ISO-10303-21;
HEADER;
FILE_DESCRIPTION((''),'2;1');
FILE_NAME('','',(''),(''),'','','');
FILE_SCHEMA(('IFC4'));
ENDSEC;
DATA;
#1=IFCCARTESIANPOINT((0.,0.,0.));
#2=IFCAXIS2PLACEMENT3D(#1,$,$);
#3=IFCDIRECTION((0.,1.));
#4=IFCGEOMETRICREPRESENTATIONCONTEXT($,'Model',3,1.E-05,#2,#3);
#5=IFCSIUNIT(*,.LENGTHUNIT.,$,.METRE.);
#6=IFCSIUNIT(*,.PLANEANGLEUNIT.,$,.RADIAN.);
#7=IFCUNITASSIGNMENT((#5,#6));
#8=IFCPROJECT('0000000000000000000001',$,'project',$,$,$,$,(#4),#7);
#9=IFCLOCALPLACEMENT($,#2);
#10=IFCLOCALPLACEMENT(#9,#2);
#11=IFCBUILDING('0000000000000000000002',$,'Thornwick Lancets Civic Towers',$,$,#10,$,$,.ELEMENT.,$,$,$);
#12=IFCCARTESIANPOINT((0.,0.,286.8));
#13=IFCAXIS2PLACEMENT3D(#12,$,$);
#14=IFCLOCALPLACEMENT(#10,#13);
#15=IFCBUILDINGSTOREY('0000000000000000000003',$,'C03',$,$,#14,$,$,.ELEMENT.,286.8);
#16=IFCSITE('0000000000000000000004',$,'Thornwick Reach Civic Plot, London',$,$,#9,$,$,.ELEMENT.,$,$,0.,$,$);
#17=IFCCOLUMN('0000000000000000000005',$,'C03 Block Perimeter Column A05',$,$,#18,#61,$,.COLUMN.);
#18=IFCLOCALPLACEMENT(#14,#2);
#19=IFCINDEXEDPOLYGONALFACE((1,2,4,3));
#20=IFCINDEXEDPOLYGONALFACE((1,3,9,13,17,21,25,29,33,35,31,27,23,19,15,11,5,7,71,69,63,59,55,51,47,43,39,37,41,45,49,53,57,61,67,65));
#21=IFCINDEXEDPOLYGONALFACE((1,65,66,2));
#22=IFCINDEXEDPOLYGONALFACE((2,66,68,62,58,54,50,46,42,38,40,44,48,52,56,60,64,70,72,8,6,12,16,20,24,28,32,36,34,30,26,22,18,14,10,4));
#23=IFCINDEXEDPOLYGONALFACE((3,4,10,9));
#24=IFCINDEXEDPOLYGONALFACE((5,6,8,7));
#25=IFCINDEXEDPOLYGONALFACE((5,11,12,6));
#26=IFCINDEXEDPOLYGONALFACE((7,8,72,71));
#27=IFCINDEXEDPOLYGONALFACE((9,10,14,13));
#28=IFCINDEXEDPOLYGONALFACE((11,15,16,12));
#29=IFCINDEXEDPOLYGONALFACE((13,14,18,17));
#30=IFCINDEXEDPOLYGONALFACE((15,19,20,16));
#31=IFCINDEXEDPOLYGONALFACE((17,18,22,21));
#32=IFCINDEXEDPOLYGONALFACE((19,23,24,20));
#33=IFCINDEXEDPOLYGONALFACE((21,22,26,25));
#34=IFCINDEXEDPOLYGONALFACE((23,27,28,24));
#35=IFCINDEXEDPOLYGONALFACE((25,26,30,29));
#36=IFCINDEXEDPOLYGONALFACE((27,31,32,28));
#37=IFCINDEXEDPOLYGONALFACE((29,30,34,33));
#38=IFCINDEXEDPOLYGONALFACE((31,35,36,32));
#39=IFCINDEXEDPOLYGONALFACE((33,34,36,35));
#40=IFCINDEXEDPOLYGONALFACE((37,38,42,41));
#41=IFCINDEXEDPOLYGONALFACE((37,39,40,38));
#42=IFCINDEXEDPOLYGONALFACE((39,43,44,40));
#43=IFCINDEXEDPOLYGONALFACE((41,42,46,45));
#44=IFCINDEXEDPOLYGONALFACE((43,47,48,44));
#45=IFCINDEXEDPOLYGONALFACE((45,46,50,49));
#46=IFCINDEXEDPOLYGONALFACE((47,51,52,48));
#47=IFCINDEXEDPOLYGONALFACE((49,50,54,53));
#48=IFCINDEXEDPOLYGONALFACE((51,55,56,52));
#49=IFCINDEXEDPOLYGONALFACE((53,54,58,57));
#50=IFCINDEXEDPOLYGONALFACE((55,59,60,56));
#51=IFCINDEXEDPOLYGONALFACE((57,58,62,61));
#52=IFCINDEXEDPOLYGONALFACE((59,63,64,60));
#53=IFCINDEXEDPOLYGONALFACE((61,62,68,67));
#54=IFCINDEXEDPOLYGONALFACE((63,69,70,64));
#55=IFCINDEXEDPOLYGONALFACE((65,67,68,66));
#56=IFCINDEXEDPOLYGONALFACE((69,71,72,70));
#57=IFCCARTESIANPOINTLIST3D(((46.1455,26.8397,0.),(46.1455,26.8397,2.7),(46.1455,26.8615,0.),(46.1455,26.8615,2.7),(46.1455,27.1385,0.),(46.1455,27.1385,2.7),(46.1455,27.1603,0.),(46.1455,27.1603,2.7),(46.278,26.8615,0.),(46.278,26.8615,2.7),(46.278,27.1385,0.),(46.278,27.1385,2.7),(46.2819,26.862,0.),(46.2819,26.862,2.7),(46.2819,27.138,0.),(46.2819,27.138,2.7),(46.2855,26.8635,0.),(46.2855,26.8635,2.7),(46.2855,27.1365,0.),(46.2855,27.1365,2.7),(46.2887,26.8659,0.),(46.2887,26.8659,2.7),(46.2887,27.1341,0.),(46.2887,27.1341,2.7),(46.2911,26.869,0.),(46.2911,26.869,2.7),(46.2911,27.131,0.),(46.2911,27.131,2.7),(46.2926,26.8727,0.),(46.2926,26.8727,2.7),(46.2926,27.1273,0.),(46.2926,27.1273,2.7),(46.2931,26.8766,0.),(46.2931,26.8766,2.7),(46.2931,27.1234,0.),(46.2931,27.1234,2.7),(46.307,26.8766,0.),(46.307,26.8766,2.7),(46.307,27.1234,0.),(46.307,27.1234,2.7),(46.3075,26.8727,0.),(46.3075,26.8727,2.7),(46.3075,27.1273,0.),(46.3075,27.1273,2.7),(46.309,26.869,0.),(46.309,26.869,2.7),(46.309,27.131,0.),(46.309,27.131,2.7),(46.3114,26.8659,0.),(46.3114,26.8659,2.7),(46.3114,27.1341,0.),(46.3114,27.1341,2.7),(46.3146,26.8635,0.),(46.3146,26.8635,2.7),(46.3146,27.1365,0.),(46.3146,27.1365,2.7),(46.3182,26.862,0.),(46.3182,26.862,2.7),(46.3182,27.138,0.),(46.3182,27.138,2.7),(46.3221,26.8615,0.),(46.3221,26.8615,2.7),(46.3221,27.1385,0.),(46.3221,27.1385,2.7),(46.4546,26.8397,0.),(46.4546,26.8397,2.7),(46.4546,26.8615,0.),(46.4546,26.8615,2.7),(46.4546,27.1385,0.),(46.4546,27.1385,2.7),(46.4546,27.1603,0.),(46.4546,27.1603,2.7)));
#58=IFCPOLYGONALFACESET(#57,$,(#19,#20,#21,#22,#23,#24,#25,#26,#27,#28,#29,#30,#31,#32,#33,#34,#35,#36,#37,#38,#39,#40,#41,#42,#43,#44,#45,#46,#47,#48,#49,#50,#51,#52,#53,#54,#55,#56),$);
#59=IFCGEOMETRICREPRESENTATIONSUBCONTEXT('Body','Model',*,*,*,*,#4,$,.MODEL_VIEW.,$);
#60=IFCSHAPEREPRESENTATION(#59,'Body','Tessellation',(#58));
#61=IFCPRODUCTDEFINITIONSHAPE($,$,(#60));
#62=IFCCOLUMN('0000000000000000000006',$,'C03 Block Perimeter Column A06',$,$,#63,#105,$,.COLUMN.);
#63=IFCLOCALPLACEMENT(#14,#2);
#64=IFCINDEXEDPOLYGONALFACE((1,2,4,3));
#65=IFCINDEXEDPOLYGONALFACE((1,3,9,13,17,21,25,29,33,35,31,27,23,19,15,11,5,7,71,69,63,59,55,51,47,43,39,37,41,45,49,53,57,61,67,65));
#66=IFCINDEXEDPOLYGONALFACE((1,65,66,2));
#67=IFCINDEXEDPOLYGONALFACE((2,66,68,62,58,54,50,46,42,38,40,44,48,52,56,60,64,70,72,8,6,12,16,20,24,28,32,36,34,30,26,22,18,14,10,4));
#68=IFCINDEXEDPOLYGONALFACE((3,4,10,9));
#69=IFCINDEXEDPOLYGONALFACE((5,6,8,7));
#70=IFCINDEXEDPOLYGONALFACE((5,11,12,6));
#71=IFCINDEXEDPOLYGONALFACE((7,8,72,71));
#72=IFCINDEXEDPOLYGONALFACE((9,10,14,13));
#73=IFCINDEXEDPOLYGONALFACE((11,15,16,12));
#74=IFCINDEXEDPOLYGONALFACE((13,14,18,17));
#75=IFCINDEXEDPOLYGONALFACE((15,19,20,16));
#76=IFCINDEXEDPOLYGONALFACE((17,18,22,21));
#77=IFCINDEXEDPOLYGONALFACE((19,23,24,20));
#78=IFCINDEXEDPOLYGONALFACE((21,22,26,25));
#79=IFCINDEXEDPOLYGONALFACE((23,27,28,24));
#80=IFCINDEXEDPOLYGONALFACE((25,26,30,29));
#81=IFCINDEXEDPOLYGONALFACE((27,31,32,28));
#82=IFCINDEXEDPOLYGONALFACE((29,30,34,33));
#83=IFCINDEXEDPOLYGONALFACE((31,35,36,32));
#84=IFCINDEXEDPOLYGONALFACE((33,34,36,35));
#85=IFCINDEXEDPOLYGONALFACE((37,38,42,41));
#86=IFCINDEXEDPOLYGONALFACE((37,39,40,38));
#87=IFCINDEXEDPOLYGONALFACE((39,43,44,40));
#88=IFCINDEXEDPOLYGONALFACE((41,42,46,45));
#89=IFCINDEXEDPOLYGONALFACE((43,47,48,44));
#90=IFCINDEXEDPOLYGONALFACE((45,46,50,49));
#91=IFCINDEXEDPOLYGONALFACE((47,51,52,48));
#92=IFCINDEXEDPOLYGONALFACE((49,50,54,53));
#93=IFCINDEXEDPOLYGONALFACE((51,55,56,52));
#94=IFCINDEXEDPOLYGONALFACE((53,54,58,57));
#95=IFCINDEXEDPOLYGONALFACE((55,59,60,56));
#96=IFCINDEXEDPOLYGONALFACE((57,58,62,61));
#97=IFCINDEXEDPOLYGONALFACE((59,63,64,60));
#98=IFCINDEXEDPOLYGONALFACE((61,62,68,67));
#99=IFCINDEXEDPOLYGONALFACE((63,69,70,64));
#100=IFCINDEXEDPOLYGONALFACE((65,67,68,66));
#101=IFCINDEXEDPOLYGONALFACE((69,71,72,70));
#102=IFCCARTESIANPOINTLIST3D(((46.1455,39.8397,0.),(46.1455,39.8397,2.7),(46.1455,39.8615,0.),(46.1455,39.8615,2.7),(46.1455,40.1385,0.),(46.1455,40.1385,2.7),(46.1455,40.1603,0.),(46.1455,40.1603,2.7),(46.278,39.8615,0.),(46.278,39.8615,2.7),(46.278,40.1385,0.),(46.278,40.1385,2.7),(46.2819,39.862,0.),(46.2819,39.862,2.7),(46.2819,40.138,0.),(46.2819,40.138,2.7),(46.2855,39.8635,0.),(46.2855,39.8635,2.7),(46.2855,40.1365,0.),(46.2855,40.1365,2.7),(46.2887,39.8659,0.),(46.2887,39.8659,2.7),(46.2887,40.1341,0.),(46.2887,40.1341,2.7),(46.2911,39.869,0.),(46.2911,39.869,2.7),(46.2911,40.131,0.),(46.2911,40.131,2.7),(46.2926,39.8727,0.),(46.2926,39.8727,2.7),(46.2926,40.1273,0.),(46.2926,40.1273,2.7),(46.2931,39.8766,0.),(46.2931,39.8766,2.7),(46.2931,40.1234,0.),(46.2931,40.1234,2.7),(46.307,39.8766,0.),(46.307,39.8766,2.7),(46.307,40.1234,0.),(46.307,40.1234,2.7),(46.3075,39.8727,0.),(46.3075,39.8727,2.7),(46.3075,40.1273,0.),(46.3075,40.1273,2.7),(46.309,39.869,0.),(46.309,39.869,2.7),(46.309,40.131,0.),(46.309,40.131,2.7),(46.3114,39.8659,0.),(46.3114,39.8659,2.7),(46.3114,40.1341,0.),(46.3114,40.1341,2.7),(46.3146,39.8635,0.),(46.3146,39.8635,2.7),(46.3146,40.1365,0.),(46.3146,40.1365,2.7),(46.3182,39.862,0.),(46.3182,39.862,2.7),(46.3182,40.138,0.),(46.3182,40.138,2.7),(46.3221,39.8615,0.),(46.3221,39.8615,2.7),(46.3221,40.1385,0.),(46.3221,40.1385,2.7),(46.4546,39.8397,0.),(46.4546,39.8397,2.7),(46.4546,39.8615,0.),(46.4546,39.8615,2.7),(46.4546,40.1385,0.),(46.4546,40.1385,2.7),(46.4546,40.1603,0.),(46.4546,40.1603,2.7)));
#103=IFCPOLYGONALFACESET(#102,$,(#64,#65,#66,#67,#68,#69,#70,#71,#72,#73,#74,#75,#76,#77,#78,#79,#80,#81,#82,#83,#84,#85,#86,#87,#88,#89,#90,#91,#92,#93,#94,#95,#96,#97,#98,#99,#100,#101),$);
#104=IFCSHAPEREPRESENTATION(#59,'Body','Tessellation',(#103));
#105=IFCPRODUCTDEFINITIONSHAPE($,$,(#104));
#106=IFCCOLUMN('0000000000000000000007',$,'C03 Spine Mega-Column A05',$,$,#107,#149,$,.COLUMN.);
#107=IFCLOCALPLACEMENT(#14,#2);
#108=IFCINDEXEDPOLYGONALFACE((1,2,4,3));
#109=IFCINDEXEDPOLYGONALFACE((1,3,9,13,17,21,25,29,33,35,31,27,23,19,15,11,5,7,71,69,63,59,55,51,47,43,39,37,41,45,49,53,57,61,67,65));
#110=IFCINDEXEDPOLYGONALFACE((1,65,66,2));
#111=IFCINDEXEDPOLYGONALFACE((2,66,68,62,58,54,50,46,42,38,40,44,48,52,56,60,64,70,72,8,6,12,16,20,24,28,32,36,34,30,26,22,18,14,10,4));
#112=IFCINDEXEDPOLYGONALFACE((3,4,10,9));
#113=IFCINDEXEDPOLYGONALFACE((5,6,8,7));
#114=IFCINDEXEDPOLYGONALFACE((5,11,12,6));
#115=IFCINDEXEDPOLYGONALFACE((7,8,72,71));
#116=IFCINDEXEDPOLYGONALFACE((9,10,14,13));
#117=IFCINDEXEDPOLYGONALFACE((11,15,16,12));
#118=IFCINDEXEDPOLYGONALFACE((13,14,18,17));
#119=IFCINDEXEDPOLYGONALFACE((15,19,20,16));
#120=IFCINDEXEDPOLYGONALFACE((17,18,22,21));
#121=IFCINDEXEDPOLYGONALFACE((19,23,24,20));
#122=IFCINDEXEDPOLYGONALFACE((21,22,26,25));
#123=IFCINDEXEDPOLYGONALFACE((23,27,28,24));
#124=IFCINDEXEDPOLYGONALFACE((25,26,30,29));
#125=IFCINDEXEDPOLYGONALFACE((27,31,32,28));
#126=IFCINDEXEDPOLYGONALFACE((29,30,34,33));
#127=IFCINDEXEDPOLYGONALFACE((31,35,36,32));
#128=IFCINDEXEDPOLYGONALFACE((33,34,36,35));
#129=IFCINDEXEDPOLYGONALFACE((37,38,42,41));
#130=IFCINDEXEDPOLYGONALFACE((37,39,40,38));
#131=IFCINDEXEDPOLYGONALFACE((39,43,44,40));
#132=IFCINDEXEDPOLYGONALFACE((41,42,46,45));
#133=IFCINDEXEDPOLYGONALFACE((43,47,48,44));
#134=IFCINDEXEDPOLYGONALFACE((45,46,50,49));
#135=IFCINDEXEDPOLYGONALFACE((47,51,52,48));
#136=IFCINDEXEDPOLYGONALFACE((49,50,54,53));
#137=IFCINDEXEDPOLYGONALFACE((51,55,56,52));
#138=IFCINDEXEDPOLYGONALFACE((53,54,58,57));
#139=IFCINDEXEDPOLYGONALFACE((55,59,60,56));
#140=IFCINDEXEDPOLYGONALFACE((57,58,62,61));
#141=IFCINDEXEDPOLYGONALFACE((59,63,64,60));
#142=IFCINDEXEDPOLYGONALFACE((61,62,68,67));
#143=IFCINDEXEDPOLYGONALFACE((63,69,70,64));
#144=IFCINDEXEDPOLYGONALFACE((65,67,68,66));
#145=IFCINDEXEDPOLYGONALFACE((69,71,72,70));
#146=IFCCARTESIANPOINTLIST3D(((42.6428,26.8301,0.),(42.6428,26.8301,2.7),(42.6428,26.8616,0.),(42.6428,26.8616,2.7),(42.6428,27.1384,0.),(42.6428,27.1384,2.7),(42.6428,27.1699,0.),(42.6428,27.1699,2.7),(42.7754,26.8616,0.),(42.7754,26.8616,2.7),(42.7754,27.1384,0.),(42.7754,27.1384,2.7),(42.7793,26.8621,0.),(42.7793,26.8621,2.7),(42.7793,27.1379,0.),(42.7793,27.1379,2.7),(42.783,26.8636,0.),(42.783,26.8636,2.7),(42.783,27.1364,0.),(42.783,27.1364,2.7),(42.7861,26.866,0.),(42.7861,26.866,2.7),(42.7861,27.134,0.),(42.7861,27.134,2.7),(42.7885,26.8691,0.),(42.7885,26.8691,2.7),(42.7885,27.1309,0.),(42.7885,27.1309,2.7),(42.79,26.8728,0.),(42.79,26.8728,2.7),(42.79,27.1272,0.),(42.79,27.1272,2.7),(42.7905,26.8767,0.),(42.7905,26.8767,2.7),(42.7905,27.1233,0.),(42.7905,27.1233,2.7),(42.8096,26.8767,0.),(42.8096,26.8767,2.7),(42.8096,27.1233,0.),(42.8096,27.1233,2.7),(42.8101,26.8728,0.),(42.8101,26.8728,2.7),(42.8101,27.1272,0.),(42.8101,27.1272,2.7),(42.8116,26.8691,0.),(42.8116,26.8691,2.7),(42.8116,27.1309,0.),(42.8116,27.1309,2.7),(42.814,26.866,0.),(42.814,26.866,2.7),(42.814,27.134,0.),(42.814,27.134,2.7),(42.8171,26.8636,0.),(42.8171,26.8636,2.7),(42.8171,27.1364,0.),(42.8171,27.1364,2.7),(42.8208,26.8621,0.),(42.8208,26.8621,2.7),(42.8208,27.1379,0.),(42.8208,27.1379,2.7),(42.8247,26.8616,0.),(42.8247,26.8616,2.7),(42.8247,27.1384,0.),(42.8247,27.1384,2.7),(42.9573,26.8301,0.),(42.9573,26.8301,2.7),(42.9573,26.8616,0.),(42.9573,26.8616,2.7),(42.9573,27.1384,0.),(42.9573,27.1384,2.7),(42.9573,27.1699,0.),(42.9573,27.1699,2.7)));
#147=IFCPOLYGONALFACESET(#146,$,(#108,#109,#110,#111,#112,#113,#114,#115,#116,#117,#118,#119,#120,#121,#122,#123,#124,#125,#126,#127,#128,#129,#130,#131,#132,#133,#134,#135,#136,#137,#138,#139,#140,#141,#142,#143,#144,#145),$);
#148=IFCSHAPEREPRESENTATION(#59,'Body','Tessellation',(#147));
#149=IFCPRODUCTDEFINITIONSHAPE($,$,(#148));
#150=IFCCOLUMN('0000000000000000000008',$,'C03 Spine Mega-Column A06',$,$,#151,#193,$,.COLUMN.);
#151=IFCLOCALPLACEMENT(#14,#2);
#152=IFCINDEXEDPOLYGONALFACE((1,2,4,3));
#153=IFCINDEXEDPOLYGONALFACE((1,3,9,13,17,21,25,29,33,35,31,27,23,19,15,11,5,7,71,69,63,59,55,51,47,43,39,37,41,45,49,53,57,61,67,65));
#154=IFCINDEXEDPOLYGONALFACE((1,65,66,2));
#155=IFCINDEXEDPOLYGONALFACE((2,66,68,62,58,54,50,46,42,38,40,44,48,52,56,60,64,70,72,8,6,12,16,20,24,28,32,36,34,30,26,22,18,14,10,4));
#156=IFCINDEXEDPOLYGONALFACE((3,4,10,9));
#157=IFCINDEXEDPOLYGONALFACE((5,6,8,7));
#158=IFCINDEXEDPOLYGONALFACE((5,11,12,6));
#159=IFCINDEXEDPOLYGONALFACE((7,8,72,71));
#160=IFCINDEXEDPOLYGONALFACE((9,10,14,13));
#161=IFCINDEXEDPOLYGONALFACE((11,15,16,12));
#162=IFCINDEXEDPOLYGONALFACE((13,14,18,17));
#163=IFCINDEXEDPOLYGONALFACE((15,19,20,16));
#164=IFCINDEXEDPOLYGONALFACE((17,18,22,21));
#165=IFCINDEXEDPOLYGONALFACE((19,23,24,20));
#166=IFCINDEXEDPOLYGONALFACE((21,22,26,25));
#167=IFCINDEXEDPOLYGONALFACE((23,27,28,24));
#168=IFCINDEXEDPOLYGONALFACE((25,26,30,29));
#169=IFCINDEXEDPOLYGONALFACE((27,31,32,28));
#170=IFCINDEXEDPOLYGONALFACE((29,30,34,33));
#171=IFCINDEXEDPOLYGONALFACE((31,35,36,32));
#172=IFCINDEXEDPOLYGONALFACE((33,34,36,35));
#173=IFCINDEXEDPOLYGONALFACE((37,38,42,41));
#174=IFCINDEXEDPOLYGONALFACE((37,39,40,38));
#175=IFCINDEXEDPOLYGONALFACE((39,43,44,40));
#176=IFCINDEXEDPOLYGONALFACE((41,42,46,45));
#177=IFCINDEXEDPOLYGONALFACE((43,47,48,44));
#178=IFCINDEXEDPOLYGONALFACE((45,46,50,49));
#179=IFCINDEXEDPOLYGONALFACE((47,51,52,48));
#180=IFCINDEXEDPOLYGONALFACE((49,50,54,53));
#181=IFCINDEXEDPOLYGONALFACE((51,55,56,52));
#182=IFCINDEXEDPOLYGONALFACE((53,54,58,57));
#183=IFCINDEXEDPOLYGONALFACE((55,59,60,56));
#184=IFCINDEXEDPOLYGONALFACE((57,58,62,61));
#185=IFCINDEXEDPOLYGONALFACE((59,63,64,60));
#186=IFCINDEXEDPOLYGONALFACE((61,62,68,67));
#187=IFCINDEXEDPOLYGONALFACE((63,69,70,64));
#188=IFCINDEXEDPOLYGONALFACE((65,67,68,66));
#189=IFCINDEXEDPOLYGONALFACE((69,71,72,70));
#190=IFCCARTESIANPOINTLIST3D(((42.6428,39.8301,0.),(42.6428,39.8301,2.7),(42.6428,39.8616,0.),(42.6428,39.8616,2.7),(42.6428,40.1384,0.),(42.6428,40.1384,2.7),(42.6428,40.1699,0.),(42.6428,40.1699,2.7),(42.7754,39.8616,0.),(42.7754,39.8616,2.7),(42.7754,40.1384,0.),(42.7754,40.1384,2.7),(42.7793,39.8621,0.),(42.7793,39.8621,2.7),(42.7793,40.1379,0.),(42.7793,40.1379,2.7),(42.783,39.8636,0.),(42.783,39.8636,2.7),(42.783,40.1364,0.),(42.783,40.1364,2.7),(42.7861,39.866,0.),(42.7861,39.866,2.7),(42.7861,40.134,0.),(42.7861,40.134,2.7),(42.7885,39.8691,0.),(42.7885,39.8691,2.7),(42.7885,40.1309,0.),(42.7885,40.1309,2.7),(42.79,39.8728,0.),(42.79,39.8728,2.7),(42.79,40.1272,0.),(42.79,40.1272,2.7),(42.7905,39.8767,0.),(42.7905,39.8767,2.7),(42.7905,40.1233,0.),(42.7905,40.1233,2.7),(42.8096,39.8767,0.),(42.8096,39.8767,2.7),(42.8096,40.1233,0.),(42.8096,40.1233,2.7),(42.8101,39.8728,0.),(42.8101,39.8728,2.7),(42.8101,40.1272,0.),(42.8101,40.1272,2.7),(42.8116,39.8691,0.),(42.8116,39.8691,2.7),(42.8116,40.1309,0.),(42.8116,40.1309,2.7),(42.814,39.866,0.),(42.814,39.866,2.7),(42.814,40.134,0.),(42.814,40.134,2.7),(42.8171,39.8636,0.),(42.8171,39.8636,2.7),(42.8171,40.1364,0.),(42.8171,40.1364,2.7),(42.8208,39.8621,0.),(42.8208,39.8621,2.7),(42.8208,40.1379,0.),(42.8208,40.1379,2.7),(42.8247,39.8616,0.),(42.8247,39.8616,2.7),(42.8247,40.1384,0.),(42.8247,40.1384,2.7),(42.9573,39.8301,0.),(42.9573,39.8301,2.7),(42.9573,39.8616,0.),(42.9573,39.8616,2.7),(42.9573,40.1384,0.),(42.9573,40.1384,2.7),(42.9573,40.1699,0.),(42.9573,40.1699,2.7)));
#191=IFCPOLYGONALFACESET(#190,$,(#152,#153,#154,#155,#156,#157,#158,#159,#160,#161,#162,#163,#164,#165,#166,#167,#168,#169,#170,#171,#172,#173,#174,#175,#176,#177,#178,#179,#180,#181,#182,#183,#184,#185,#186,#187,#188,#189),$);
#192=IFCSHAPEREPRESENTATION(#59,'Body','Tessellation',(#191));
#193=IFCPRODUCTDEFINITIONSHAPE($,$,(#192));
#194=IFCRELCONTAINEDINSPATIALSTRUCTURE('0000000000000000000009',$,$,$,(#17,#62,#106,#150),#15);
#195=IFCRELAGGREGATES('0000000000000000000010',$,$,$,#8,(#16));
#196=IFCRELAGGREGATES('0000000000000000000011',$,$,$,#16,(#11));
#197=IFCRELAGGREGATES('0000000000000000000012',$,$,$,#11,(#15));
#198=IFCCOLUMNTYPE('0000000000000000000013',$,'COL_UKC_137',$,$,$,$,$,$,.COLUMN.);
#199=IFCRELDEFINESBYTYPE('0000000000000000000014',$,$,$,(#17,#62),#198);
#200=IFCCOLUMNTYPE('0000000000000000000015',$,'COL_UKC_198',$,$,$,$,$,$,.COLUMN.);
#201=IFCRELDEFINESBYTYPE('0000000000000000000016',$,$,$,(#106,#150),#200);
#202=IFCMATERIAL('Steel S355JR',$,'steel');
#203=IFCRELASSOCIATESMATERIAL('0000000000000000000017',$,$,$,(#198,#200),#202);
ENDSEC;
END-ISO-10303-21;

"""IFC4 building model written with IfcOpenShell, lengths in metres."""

from ifc_helpers import new_model, si_unit, direction, frame, origin, origin_2d, place, context, subcontext, project, spatial, i_section, extrude, material, material_profile, profile_set, type_object, element, save


model = new_model("IFC4")

# Units and contexts
model_context = context("Model", 3, precision=1e-05, world=origin(), true_north=direction((0.0, 1.0)))
body_context = subcontext(model_context, "Body", "Model", "MODEL_VIEW")
ifc_project = project(units=[si_unit("LENGTHUNIT", "METRE"), si_unit("PLANEANGLEUNIT", "RADIAN")], contexts=[model_context])

# Site, building, storey
site_placement = place(None, origin())
site = spatial("IfcSite", under=ifc_project, at=site_placement, Name="Thornwick Reach Civic Plot, London", CompositionType="ELEMENT", RefElevation=0.0)
building_placement = place(site_placement, origin())
building = spatial("IfcBuilding", under=site, at=building_placement, Name="Thornwick Lancets Civic Towers", CompositionType="ELEMENT")
storey_placement = place(building_placement, frame((0.0, 0.0, 286.8)))
storey = spatial("IfcBuildingStorey", under=building, at=storey_placement, Name="C03", CompositionType="ELEMENT", Elevation=286.8)

# Columns
ifc_material_1 = material(Name="Steel S355JR", Category="steel")
ifc_material_profile_1 = material_profile(ifc_material_1, i_section(OverallWidth=0.3091, OverallDepth=0.3206, WebThickness=0.0139, FlangeThickness=0.0217, FilletRadius=0.0151, at=origin_2d()), Name="UKC 305x305x137")
ifc_profile_set_1 = profile_set([ifc_material_profile_1], Name="Steel S355JR")
column_type_1 = type_object("IfcColumnType", Name="COL_UKC_137", PredefinedType="COLUMN", material=ifc_profile_set_1)
for number, where, z_axis, x_axis, name in (
    (1, (46.3, 27.0, 0.0), (0.0, 0.0, 1.0), (1.0, 0.0, 0.0), "C03 Block Perimeter Column A05"),
    (2, (46.3, 40.0, 0.0), (0.0, 0.0, 1.0), (1.0, 0.0, 0.0), "C03 Block Perimeter Column A06"),
):
    element("IfcColumn", number, at=place(storey_placement, frame(where, z_axis=z_axis, x_axis=x_axis)), inside=storey, type_object=column_type_1, Name=name, PredefinedType="COLUMN", context=body_context, shape_type="SweptSolid", body=[
        extrude(i_section(OverallWidth=0.3091, OverallDepth=0.3206, WebThickness=0.0139, FlangeThickness=0.0217, FilletRadius=0.0151, at=origin_2d()), origin(), (0.0, 0.0, 1.0), 2.7),
    ])
ifc_material_profile_2 = material_profile(ifc_material_1, i_section(OverallWidth=0.3145, OverallDepth=0.3398, WebThickness=0.019, FlangeThickness=0.0315, FilletRadius=0.0151, at=origin_2d()), Name="UKC 305x305x198")
ifc_profile_set_2 = profile_set([ifc_material_profile_2], Name="Steel S355JR")
column_type_2 = type_object("IfcColumnType", Name="COL_UKC_198", PredefinedType="COLUMN", material=ifc_profile_set_2)
for number, where, z_axis, x_axis, name in (
    (3, (42.8, 27.0, 0.0), (0.0, 0.0, 1.0), (1.0, 0.0, 0.0), "C03 Spine Mega-Column A05"),
    (4, (42.8, 40.0, 0.0), (0.0, 0.0, 1.0), (1.0, 0.0, 0.0), "C03 Spine Mega-Column A06"),
):
    element("IfcColumn", number, at=place(storey_placement, frame(where, z_axis=z_axis, x_axis=x_axis)), inside=storey, type_object=column_type_2, Name=name, PredefinedType="COLUMN", context=body_context, shape_type="SweptSolid", body=[
        extrude(i_section(OverallWidth=0.3145, OverallDepth=0.3398, WebThickness=0.019, FlangeThickness=0.0315, FilletRadius=0.0151, at=origin_2d()), origin(), (0.0, 0.0, 1.0), 2.7),
    ])

save(model, "model.ifc")
